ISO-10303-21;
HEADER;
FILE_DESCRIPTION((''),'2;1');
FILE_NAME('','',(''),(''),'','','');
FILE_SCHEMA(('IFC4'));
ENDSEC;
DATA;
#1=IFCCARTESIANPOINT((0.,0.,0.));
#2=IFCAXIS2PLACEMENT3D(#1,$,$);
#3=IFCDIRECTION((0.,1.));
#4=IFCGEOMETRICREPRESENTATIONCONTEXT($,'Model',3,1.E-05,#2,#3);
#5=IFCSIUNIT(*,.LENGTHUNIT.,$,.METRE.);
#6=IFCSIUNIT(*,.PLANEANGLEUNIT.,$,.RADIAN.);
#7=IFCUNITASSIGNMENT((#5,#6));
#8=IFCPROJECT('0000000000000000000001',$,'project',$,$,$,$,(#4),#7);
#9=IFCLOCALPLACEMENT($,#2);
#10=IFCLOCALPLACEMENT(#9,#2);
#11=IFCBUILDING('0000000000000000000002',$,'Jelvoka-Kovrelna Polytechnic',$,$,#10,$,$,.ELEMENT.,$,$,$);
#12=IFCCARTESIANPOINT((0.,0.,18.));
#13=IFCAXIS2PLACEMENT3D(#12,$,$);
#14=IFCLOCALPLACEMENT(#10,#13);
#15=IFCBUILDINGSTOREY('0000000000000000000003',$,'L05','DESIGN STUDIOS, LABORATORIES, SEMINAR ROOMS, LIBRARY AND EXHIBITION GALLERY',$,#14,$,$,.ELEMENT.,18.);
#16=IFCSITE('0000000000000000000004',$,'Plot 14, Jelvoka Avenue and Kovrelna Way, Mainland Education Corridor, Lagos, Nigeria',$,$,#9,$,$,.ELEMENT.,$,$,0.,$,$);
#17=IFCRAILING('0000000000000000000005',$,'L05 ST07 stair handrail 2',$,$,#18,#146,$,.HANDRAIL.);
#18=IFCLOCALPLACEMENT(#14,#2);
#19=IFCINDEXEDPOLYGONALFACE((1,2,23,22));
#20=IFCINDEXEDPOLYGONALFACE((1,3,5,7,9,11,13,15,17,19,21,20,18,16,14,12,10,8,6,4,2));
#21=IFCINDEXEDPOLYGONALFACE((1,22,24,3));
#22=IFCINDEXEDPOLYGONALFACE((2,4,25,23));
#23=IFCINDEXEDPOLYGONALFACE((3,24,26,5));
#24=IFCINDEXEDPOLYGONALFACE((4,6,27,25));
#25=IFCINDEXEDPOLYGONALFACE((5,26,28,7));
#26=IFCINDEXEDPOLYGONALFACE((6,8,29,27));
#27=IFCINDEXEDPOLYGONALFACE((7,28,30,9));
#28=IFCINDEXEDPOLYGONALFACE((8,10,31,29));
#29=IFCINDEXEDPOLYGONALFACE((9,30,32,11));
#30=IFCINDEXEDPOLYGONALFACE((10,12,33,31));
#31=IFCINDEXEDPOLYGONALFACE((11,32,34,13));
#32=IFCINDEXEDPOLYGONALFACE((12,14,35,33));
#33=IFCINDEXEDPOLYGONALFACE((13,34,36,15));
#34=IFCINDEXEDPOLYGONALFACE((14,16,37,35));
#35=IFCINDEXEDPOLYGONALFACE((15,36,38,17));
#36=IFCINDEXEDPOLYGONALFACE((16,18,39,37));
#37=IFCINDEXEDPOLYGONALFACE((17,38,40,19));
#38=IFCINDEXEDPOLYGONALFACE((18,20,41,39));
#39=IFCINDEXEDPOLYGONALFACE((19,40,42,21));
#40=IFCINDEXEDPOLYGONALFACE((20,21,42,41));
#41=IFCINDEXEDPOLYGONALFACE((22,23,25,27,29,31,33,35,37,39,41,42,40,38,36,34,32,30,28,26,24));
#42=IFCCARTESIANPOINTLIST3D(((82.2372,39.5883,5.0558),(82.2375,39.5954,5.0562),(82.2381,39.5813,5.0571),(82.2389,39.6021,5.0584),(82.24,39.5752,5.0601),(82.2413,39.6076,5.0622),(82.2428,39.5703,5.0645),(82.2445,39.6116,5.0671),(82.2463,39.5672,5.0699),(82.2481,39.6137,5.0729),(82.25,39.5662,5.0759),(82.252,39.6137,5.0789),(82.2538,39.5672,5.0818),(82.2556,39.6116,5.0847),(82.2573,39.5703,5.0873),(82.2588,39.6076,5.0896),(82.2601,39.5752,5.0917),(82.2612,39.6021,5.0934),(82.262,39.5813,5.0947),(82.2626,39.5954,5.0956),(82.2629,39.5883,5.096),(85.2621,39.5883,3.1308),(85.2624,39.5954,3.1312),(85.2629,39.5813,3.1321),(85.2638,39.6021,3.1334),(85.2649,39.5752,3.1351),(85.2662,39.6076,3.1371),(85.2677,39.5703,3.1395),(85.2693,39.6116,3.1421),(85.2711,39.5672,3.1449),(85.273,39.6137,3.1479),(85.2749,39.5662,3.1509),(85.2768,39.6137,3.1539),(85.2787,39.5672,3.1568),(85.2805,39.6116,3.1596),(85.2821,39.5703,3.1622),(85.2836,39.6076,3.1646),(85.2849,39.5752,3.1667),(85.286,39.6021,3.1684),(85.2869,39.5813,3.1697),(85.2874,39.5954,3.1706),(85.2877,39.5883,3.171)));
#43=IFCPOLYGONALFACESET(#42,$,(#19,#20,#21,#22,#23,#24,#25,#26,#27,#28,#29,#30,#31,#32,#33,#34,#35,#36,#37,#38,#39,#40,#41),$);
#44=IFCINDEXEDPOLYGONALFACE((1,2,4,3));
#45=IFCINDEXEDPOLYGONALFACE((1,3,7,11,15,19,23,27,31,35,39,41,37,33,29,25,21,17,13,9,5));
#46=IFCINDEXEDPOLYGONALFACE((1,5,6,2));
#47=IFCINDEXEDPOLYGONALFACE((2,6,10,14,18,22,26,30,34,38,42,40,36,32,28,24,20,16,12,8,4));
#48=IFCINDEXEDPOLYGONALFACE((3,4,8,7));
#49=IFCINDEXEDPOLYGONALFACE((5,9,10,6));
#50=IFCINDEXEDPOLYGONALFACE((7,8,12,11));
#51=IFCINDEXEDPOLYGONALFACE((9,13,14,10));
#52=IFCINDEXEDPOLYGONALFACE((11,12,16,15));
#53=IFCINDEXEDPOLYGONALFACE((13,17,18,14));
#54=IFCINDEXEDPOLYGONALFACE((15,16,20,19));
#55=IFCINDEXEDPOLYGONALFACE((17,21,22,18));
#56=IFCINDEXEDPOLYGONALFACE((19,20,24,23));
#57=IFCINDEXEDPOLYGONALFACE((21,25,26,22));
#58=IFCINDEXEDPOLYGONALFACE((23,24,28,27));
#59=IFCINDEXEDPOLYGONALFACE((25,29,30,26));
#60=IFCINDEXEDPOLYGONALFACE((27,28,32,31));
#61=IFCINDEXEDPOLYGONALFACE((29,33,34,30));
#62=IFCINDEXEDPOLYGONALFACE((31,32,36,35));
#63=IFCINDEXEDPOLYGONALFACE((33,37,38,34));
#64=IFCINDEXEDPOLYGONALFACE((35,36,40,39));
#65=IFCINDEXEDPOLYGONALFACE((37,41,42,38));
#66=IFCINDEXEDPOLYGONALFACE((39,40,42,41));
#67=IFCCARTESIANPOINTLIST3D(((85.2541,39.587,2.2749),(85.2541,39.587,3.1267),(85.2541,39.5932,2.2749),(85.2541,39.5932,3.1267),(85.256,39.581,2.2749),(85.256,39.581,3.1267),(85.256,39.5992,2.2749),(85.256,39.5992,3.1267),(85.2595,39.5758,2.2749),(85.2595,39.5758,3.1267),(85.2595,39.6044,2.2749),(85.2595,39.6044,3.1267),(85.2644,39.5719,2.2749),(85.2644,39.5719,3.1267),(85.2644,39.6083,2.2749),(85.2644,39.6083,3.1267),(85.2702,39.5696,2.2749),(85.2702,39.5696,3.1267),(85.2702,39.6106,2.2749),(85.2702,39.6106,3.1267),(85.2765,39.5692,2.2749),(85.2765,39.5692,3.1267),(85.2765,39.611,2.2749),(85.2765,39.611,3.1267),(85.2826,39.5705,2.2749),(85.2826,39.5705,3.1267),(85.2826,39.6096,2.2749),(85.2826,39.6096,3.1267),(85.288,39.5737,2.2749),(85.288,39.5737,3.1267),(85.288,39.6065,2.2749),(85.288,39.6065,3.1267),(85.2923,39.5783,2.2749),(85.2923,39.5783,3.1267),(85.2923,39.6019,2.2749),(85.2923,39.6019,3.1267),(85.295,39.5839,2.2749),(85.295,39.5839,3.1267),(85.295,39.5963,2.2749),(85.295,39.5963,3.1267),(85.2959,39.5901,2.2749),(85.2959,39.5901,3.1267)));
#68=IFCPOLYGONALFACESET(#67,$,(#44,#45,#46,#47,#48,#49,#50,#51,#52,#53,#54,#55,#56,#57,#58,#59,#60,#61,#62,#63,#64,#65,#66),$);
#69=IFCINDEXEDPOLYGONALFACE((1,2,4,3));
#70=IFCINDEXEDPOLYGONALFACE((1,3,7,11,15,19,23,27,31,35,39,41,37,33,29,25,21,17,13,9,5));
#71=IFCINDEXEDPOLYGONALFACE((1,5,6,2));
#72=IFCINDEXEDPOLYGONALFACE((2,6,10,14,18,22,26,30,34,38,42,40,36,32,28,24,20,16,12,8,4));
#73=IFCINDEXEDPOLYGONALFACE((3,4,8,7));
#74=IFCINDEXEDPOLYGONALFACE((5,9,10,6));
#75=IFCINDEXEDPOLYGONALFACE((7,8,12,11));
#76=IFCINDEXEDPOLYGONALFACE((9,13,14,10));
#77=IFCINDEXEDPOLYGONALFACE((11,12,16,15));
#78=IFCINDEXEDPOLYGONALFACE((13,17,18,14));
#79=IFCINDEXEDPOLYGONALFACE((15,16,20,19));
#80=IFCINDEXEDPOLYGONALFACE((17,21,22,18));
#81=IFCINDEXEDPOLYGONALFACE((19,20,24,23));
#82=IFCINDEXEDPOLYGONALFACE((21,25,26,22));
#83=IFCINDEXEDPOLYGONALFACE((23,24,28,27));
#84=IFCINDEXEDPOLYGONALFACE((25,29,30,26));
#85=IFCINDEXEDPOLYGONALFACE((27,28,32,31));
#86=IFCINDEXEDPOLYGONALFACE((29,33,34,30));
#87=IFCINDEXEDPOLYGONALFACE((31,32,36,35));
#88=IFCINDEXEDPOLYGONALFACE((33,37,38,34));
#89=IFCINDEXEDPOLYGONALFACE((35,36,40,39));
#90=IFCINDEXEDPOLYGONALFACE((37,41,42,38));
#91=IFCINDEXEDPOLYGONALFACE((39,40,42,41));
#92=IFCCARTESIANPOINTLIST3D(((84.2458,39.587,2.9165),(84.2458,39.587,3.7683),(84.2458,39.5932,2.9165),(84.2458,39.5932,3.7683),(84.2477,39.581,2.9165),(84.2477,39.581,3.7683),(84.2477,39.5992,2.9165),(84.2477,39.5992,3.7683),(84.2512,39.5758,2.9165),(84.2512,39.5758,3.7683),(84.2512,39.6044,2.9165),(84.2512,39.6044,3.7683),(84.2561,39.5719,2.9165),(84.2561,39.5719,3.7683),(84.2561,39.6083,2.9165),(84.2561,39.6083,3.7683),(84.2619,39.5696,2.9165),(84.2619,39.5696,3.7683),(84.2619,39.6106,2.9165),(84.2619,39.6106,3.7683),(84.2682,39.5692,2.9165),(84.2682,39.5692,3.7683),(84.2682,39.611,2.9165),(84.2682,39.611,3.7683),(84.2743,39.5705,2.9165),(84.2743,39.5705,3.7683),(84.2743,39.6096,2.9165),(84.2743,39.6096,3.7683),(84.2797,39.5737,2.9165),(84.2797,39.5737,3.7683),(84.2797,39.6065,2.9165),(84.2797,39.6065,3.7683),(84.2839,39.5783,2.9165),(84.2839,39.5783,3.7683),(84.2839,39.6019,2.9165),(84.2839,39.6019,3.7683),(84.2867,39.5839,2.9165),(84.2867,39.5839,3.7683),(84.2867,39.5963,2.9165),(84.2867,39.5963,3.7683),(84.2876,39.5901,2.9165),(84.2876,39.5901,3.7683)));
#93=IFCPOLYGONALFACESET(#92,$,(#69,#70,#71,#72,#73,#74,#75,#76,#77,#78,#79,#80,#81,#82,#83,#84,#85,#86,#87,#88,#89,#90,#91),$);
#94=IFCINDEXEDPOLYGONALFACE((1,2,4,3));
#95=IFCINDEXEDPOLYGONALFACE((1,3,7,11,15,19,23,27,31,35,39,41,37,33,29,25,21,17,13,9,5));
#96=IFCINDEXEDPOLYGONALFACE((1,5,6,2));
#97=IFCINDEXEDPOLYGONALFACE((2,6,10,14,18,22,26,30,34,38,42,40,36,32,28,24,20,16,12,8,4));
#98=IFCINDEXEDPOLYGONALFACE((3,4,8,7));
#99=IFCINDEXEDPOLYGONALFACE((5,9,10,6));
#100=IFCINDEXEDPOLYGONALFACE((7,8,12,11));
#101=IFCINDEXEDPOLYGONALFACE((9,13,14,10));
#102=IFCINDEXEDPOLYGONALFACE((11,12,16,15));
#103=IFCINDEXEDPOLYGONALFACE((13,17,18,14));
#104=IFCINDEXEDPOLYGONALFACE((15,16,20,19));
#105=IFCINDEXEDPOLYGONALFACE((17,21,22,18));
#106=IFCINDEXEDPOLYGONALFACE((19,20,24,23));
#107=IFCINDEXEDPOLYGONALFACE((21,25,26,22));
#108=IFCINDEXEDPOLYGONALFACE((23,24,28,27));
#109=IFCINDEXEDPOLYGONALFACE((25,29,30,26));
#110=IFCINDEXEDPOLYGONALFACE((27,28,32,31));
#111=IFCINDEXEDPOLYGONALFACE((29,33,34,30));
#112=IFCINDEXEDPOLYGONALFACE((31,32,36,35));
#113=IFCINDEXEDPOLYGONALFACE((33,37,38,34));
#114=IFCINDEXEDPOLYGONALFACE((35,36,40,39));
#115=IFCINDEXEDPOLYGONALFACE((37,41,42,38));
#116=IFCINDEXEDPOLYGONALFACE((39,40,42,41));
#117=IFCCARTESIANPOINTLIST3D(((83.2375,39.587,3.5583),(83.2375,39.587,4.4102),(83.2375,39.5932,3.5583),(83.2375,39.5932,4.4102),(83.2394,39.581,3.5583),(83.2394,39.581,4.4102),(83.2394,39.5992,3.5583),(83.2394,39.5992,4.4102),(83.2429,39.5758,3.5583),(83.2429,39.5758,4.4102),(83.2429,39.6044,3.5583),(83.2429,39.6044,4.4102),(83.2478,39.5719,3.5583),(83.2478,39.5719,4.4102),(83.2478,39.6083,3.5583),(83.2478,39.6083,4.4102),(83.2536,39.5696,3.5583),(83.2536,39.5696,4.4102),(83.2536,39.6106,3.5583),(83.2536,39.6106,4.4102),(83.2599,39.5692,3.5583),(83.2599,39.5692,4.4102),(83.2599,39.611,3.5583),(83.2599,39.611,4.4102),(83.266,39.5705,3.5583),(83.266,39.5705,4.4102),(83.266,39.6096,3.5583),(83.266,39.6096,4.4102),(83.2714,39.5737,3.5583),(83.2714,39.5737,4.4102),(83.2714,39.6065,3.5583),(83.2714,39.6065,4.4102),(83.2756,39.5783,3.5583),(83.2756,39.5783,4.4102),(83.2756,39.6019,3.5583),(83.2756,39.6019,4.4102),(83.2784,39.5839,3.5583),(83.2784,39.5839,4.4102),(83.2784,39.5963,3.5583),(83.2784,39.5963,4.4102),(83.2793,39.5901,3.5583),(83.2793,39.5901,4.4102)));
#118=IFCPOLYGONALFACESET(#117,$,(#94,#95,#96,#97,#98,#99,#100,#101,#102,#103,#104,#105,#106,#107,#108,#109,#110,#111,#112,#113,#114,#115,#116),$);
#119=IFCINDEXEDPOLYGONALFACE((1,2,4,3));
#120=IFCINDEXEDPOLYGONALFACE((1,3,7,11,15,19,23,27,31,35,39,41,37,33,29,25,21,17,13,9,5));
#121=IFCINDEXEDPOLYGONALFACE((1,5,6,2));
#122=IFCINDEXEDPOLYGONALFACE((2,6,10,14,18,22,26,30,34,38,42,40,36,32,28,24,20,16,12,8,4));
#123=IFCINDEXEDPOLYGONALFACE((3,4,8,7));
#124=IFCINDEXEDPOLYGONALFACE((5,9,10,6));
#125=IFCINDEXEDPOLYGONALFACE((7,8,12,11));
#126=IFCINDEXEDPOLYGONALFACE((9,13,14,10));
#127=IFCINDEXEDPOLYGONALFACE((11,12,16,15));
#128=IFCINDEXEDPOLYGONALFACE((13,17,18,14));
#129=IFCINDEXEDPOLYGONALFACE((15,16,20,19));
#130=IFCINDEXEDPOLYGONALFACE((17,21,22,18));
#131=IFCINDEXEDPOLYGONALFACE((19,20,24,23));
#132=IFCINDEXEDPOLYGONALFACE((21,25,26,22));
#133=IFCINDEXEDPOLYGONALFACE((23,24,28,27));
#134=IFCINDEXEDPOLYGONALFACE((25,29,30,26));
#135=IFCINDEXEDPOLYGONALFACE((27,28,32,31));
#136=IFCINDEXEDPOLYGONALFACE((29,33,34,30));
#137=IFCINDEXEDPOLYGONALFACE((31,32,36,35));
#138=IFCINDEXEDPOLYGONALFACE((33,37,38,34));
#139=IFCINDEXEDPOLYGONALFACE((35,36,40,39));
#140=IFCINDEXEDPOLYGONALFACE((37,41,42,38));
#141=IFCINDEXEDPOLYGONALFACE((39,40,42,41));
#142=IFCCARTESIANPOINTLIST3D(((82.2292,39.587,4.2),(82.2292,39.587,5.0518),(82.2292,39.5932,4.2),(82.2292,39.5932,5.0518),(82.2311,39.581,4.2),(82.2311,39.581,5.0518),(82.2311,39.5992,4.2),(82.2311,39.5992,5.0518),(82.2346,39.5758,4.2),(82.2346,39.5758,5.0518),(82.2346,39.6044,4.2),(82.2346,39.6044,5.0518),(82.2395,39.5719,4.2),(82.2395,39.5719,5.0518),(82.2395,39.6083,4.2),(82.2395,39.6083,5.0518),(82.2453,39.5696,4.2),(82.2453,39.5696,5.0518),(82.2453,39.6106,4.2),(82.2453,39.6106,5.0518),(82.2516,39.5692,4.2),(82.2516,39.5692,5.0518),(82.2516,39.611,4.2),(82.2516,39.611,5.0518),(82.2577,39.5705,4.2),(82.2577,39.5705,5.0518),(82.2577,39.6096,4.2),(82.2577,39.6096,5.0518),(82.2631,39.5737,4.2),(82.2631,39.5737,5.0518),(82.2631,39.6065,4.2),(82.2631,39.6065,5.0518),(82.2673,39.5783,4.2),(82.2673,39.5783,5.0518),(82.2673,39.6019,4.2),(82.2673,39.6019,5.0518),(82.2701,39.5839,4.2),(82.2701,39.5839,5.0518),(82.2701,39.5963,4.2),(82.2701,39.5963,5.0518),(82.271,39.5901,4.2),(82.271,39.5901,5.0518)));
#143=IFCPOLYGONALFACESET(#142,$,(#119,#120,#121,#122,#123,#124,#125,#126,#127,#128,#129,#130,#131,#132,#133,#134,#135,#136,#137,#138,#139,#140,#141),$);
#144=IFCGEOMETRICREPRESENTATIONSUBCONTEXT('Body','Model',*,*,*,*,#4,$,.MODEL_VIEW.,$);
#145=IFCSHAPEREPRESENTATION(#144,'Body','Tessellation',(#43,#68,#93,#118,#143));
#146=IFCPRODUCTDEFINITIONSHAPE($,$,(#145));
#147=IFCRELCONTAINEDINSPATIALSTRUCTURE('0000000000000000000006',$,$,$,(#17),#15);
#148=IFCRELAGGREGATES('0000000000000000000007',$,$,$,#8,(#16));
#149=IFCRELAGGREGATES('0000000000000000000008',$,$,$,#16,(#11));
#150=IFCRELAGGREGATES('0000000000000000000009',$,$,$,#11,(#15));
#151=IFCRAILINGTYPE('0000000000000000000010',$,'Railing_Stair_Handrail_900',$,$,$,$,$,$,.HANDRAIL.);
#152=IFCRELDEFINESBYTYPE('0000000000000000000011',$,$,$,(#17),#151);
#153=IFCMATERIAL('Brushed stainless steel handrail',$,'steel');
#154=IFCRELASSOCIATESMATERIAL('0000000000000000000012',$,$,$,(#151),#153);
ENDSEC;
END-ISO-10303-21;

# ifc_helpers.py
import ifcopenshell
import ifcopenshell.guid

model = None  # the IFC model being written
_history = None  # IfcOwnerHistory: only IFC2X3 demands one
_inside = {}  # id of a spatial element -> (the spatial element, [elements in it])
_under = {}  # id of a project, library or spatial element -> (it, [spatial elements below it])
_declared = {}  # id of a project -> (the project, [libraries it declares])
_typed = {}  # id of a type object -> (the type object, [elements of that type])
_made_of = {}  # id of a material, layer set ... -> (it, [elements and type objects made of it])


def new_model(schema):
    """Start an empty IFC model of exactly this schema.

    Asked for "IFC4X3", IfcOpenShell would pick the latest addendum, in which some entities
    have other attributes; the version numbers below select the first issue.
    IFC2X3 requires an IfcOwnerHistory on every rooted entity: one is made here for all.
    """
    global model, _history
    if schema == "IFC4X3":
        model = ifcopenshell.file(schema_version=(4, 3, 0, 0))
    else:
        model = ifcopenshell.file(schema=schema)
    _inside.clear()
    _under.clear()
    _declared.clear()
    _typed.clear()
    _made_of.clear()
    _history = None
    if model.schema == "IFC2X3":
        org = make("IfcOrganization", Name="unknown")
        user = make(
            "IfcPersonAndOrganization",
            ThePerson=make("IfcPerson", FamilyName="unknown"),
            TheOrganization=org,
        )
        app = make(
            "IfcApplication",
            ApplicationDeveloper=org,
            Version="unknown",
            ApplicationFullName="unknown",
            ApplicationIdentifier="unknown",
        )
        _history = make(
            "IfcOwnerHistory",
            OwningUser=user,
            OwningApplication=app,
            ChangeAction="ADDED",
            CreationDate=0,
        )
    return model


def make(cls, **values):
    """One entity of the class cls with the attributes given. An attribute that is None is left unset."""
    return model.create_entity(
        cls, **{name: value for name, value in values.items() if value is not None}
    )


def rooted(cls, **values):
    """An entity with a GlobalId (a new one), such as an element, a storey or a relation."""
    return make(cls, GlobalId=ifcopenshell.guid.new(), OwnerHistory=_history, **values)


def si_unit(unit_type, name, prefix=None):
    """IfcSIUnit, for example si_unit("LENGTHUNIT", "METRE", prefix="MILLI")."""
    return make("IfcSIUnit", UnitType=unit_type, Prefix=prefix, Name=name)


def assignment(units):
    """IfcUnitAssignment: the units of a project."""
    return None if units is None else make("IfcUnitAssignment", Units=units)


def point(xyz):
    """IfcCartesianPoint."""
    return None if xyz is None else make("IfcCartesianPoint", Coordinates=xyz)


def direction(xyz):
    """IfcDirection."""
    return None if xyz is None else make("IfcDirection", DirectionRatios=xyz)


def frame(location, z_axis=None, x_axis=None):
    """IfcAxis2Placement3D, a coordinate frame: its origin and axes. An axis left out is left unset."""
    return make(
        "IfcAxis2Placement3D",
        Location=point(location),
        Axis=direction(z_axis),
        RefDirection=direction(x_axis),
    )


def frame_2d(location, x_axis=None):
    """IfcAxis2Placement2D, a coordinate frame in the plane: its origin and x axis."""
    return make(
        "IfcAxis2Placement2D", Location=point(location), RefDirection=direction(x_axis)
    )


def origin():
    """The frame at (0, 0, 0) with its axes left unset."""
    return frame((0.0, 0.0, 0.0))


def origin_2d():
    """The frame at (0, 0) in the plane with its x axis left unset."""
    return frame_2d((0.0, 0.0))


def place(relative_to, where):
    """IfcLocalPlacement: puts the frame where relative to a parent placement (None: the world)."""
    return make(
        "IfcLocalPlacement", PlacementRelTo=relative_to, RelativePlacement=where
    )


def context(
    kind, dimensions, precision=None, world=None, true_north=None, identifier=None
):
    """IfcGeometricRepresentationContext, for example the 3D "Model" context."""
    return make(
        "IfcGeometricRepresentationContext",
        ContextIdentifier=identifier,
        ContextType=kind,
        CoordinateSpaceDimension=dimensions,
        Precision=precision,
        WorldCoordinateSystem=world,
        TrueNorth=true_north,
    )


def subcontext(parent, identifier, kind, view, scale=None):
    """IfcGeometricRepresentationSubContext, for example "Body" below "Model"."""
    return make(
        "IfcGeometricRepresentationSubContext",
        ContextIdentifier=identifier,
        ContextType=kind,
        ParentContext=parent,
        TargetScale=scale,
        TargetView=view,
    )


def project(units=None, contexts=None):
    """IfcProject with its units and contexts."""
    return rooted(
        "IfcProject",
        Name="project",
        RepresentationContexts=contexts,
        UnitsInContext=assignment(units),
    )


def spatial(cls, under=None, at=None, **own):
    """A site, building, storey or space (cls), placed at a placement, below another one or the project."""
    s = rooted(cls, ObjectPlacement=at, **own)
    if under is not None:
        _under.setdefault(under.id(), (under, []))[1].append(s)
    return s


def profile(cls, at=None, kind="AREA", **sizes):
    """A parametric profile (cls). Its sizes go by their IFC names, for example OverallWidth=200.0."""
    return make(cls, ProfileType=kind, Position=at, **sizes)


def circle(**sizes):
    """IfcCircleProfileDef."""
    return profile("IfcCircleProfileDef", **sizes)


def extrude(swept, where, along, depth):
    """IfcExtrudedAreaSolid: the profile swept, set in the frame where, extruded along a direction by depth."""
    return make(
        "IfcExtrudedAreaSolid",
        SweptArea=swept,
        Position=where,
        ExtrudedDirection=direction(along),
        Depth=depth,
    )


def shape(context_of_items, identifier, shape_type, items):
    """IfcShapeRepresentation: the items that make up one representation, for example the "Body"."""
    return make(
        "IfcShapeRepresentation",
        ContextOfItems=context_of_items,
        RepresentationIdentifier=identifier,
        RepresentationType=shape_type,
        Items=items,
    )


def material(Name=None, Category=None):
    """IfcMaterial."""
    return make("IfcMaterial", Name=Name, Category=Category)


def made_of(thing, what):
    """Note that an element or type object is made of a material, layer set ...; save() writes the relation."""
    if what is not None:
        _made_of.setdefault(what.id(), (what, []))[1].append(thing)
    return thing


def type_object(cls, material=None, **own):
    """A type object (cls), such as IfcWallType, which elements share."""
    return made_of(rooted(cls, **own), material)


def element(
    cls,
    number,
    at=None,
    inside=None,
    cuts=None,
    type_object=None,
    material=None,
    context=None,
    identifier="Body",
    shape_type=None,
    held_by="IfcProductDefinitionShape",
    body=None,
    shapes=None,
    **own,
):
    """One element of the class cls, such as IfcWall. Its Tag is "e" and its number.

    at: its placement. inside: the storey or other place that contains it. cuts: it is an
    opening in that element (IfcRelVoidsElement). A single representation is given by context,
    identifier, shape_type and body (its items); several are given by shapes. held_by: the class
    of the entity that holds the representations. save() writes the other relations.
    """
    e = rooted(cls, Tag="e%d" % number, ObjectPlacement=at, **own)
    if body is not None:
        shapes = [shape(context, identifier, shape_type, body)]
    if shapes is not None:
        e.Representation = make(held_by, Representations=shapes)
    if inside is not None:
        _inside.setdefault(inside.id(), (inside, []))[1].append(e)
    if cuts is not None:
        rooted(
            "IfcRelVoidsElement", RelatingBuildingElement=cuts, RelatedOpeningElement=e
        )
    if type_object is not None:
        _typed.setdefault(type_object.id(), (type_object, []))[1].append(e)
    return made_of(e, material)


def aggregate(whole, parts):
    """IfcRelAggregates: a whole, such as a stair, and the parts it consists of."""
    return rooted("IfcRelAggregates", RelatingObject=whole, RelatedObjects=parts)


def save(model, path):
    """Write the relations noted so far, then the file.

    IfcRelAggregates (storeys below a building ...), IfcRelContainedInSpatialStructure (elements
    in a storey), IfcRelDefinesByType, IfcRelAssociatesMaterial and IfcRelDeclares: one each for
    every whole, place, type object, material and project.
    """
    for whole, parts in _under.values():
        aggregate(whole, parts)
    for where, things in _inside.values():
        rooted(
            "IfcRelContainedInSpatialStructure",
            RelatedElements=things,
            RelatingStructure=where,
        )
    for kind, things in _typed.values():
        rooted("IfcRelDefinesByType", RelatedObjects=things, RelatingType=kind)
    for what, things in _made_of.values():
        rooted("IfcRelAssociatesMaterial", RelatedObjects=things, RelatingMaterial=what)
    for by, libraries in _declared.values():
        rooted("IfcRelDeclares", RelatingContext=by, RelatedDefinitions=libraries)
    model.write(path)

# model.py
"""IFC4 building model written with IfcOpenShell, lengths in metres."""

from ifc_helpers import new_model, si_unit, direction, frame, origin, origin_2d, place, context, subcontext, project, spatial, circle, extrude, material, type_object, element, save


model = new_model("IFC4")

# Units and contexts
model_context = context("Model", 3, precision=1e-05, world=origin(), true_north=direction((0.0, 1.0)))
body_context = subcontext(model_context, "Body", "Model", "MODEL_VIEW")
ifc_project = project(units=[si_unit("LENGTHUNIT", "METRE"), si_unit("PLANEANGLEUNIT", "RADIAN")], contexts=[model_context])

# Site, building, storey
site_placement = place(None, origin())
site = spatial("IfcSite", under=ifc_project, at=site_placement, Name="Plot 14, Jelvoka Avenue and Kovrelna Way, Mainland Education Corridor, Lagos, Nigeria", CompositionType="ELEMENT", RefElevation=0.0)
building_placement = place(site_placement, origin())
building = spatial("IfcBuilding", under=site, at=building_placement, Name="Jelvoka-Kovrelna Polytechnic", CompositionType="ELEMENT")
storey_placement = place(building_placement, frame((0.0, 0.0, 18.0)))
storey = spatial("IfcBuildingStorey", under=building, at=storey_placement, Name="L05", Description="DESIGN STUDIOS, LABORATORIES, SEMINAR ROOMS, LIBRARY AND EXHIBITION GALLERY", CompositionType="ELEMENT", Elevation=18.0)

# Railing
ifc_material_1 = material(Name="Brushed stainless steel handrail", Category="steel")
railing_type = type_object("IfcRailingType", Name="Railing_Stair_Handrail_900", PredefinedType="HANDRAIL", material=ifc_material_1)
railing_placement = place(storey_placement, frame((85.2749, 39.5901, 2.2749)))
element("IfcRailing", 1, at=railing_placement, inside=storey, type_object=railing_type, Name="L05 ST07 stair handrail 2", PredefinedType="HANDRAIL", context=body_context, shape_type="SweptSolid", body=[
    extrude(circle(Radius=0.0239, at=origin_2d()), frame((0.0, 0.0, 0.876), z_axis=(-0.843647, 0.0, 0.536898), x_axis=(0.0, -1.0, 0.0)), (0.0, 0.0, 1.0), 3.5854),
    extrude(circle(Radius=0.021, at=origin_2d()), origin(), (0.0, 0.0, 1.0), 0.8518),
    extrude(circle(Radius=0.021, at=origin_2d()), frame((-1.0083, 0.0, 0.6416)), (0.0, 0.0, 1.0), 0.8518),
    extrude(circle(Radius=0.021, at=origin_2d()), frame((-2.0166, 0.0, 1.2834)), (0.0, 0.0, 1.0), 0.8518),
    extrude(circle(Radius=0.021, at=origin_2d()), frame((-3.0249, 0.0, 1.925)), (0.0, 0.0, 1.0), 0.8518),
])

save(model, "model.ifc")
